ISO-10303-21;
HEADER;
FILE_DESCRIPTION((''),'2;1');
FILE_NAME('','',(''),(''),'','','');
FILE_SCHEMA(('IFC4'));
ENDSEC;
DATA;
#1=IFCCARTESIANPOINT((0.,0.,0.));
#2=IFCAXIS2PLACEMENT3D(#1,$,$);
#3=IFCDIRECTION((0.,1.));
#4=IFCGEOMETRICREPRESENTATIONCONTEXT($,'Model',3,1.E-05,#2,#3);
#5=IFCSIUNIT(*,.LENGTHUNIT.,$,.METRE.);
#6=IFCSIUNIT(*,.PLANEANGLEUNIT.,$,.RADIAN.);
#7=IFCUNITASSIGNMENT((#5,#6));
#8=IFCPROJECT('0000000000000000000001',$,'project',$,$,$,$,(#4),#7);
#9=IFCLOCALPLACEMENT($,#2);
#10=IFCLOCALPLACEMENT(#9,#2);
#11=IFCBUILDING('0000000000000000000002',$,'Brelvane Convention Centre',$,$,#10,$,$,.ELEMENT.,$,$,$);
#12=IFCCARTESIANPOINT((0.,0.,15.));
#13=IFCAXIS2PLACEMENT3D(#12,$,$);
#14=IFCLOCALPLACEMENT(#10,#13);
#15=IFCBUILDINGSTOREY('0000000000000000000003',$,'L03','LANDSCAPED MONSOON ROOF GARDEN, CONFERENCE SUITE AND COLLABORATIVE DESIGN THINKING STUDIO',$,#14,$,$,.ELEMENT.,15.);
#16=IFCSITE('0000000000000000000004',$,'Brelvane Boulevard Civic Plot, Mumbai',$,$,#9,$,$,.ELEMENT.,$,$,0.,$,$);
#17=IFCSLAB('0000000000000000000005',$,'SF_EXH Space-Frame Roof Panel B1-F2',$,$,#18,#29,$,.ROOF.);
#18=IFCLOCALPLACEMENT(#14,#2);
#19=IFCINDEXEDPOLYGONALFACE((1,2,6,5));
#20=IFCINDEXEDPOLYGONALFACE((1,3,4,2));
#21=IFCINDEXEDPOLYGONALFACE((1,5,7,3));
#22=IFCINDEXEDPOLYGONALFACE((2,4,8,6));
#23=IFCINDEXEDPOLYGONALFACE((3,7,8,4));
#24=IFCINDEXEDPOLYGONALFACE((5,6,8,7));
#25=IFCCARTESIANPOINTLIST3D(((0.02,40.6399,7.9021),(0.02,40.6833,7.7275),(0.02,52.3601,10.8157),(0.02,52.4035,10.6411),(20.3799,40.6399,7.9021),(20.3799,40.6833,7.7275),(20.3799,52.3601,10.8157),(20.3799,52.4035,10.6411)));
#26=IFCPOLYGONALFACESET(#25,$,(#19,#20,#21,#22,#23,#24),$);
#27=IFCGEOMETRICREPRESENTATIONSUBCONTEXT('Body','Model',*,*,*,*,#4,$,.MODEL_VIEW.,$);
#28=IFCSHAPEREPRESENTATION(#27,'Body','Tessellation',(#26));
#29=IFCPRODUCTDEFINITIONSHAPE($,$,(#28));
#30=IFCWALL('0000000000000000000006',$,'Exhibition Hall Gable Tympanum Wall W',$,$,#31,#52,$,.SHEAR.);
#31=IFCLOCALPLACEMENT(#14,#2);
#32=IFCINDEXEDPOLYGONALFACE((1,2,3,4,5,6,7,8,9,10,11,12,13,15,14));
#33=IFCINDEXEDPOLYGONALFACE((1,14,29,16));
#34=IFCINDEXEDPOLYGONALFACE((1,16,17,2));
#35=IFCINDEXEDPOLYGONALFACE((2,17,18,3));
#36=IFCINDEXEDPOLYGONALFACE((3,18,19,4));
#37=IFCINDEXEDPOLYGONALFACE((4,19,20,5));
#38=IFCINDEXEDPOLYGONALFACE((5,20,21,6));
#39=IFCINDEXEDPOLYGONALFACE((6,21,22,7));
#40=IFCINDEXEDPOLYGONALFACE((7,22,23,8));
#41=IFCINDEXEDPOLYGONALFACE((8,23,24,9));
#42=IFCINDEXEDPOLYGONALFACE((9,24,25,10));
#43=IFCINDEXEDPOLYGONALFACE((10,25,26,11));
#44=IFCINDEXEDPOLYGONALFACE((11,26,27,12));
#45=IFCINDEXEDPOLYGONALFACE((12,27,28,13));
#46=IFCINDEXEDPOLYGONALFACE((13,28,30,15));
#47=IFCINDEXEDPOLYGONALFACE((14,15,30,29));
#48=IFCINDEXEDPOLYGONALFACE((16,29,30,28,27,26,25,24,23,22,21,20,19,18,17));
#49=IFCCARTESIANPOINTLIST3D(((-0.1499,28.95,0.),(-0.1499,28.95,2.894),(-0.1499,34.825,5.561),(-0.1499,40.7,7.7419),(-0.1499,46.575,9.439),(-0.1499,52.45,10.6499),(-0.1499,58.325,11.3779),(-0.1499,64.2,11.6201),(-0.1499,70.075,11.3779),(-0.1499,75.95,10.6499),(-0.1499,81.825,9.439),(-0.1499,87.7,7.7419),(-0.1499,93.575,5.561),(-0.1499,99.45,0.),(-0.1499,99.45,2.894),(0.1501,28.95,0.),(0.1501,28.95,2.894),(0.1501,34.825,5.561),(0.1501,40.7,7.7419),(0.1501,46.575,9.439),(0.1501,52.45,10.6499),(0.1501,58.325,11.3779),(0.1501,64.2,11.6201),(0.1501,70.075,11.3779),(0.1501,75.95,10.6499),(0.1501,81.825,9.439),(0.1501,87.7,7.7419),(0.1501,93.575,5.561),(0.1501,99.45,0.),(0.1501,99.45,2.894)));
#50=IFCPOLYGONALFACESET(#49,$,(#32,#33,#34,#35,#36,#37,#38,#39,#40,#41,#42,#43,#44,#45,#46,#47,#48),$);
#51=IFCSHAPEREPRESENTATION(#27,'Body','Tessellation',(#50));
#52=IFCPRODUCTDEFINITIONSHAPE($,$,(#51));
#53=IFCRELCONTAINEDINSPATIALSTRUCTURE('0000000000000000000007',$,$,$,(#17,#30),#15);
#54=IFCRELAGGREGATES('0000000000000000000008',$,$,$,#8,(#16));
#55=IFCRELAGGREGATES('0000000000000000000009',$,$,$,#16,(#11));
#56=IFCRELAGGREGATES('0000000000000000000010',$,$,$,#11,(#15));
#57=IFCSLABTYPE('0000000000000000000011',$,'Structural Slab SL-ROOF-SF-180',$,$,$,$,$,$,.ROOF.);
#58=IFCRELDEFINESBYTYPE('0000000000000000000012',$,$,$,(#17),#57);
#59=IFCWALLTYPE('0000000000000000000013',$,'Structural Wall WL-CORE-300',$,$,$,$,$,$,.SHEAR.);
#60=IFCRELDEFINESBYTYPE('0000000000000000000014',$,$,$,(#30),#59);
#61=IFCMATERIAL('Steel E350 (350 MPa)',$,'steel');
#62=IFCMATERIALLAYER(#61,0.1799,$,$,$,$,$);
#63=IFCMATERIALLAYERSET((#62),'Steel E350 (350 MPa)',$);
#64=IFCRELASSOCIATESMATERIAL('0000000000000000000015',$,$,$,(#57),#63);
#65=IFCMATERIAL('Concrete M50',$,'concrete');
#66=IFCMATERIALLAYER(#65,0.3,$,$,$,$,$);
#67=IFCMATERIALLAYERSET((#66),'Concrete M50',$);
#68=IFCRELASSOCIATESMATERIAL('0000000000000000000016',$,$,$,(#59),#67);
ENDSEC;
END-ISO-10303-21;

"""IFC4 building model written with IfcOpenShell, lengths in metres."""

from ifc_helpers import new_model, si_unit, direction, frame, origin, place, context, subcontext, project, spatial, polyline, outline, extrude, material, layer, layer_set, type_object, element, save


model = new_model("IFC4")

# Units and contexts
model_context = context("Model", 3, precision=1e-05, world=origin(), true_north=direction((0.0, 1.0)))
body_context = subcontext(model_context, "Body", "Model", "MODEL_VIEW")
ifc_project = project(units=[si_unit("LENGTHUNIT", "METRE"), si_unit("PLANEANGLEUNIT", "RADIAN")], contexts=[model_context])

# Site, building, storey
site_placement = place(None, origin())
site = spatial("IfcSite", under=ifc_project, at=site_placement, Name="Brelvane Boulevard Civic Plot, Mumbai", CompositionType="ELEMENT", RefElevation=0.0)
building_placement = place(site_placement, origin())
building = spatial("IfcBuilding", under=site, at=building_placement, Name="Brelvane Convention Centre", CompositionType="ELEMENT")
storey_placement = place(building_placement, frame((0.0, 0.0, 15.0)))
storey = spatial("IfcBuildingStorey", under=building, at=storey_placement, Name="L03", Description="LANDSCAPED MONSOON ROOF GARDEN, CONFERENCE SUITE AND COLLABORATIVE DESIGN THINKING STUDIO", CompositionType="ELEMENT", Elevation=15.0)

# Slab
ifc_material_1 = material(Name="Steel E350 (350 MPa)", Category="steel")
ifc_layer_1 = layer(ifc_material_1, 0.1799)
ifc_layer_set_1 = layer_set([ifc_layer_1], Name="Steel E350 (350 MPa)")
slab_type = type_object("IfcSlabType", Name="Structural Slab SL-ROOF-SF-180", PredefinedType="ROOF", material=ifc_layer_set_1)
slab_1_placement = place(storey_placement, frame((0.02, 40.6399, 7.9021), z_axis=(0.0, -0.241251, 0.970463), x_axis=(1.0, 0.0, 0.0)))
element("IfcSlab", 1, at=slab_1_placement, inside=storey, type_object=slab_type, Name="SF_EXH Space-Frame Roof Panel B1-F2", PredefinedType="ROOF", context=body_context, shape_type="SweptSolid", body=[
    extrude(outline(polyline([(0.0, 0.0), (20.3599, 0.0), (20.3599, 12.0769), (0.0, 12.0769), (0.0, 0.0)])), origin(), (0.0, 0.0, -1.0), 0.1799),
])

# Wall
ifc_material_2 = material(Name="Concrete M50", Category="concrete")
ifc_layer_2 = layer(ifc_material_2, 0.3)
ifc_layer_set_2 = layer_set([ifc_layer_2], Name="Concrete M50")
wall_type = type_object("IfcWallType", Name="Structural Wall WL-CORE-300", PredefinedType="SHEAR", material=ifc_layer_set_2)
wall_placement = place(storey_placement, frame((0.0, 28.95, 0.0), z_axis=(0.0, 0.0, 1.0), x_axis=(0.0, 1.0, 0.0)))
element("IfcWall", 2, at=wall_placement, inside=storey, type_object=wall_type, Name="Exhibition Hall Gable Tympanum Wall W", PredefinedType="SHEAR", context=body_context, shape_type="SweptSolid", body=[
    extrude(outline(polyline([(0.0, 0.0), (70.5, 0.0), (70.5, 2.894), (64.625, 5.561), (58.75, 7.7419), (52.875, 9.439), (47.0, 10.6499), (41.125, 11.3779), (35.25, 11.6201), (29.375, 11.3779), (23.5, 10.6499), (17.625, 9.439), (11.75, 7.7419), (5.875, 5.561), (0.0, 2.894), (0.0, 0.0)])), frame((0.0, 0.1499, 0.0), z_axis=(0.0, -1.0, 0.0), x_axis=(1.0, 0.0, 0.0)), (0.0, 0.0, 1.0), 0.3),
])

save(model, "model.ifc")
